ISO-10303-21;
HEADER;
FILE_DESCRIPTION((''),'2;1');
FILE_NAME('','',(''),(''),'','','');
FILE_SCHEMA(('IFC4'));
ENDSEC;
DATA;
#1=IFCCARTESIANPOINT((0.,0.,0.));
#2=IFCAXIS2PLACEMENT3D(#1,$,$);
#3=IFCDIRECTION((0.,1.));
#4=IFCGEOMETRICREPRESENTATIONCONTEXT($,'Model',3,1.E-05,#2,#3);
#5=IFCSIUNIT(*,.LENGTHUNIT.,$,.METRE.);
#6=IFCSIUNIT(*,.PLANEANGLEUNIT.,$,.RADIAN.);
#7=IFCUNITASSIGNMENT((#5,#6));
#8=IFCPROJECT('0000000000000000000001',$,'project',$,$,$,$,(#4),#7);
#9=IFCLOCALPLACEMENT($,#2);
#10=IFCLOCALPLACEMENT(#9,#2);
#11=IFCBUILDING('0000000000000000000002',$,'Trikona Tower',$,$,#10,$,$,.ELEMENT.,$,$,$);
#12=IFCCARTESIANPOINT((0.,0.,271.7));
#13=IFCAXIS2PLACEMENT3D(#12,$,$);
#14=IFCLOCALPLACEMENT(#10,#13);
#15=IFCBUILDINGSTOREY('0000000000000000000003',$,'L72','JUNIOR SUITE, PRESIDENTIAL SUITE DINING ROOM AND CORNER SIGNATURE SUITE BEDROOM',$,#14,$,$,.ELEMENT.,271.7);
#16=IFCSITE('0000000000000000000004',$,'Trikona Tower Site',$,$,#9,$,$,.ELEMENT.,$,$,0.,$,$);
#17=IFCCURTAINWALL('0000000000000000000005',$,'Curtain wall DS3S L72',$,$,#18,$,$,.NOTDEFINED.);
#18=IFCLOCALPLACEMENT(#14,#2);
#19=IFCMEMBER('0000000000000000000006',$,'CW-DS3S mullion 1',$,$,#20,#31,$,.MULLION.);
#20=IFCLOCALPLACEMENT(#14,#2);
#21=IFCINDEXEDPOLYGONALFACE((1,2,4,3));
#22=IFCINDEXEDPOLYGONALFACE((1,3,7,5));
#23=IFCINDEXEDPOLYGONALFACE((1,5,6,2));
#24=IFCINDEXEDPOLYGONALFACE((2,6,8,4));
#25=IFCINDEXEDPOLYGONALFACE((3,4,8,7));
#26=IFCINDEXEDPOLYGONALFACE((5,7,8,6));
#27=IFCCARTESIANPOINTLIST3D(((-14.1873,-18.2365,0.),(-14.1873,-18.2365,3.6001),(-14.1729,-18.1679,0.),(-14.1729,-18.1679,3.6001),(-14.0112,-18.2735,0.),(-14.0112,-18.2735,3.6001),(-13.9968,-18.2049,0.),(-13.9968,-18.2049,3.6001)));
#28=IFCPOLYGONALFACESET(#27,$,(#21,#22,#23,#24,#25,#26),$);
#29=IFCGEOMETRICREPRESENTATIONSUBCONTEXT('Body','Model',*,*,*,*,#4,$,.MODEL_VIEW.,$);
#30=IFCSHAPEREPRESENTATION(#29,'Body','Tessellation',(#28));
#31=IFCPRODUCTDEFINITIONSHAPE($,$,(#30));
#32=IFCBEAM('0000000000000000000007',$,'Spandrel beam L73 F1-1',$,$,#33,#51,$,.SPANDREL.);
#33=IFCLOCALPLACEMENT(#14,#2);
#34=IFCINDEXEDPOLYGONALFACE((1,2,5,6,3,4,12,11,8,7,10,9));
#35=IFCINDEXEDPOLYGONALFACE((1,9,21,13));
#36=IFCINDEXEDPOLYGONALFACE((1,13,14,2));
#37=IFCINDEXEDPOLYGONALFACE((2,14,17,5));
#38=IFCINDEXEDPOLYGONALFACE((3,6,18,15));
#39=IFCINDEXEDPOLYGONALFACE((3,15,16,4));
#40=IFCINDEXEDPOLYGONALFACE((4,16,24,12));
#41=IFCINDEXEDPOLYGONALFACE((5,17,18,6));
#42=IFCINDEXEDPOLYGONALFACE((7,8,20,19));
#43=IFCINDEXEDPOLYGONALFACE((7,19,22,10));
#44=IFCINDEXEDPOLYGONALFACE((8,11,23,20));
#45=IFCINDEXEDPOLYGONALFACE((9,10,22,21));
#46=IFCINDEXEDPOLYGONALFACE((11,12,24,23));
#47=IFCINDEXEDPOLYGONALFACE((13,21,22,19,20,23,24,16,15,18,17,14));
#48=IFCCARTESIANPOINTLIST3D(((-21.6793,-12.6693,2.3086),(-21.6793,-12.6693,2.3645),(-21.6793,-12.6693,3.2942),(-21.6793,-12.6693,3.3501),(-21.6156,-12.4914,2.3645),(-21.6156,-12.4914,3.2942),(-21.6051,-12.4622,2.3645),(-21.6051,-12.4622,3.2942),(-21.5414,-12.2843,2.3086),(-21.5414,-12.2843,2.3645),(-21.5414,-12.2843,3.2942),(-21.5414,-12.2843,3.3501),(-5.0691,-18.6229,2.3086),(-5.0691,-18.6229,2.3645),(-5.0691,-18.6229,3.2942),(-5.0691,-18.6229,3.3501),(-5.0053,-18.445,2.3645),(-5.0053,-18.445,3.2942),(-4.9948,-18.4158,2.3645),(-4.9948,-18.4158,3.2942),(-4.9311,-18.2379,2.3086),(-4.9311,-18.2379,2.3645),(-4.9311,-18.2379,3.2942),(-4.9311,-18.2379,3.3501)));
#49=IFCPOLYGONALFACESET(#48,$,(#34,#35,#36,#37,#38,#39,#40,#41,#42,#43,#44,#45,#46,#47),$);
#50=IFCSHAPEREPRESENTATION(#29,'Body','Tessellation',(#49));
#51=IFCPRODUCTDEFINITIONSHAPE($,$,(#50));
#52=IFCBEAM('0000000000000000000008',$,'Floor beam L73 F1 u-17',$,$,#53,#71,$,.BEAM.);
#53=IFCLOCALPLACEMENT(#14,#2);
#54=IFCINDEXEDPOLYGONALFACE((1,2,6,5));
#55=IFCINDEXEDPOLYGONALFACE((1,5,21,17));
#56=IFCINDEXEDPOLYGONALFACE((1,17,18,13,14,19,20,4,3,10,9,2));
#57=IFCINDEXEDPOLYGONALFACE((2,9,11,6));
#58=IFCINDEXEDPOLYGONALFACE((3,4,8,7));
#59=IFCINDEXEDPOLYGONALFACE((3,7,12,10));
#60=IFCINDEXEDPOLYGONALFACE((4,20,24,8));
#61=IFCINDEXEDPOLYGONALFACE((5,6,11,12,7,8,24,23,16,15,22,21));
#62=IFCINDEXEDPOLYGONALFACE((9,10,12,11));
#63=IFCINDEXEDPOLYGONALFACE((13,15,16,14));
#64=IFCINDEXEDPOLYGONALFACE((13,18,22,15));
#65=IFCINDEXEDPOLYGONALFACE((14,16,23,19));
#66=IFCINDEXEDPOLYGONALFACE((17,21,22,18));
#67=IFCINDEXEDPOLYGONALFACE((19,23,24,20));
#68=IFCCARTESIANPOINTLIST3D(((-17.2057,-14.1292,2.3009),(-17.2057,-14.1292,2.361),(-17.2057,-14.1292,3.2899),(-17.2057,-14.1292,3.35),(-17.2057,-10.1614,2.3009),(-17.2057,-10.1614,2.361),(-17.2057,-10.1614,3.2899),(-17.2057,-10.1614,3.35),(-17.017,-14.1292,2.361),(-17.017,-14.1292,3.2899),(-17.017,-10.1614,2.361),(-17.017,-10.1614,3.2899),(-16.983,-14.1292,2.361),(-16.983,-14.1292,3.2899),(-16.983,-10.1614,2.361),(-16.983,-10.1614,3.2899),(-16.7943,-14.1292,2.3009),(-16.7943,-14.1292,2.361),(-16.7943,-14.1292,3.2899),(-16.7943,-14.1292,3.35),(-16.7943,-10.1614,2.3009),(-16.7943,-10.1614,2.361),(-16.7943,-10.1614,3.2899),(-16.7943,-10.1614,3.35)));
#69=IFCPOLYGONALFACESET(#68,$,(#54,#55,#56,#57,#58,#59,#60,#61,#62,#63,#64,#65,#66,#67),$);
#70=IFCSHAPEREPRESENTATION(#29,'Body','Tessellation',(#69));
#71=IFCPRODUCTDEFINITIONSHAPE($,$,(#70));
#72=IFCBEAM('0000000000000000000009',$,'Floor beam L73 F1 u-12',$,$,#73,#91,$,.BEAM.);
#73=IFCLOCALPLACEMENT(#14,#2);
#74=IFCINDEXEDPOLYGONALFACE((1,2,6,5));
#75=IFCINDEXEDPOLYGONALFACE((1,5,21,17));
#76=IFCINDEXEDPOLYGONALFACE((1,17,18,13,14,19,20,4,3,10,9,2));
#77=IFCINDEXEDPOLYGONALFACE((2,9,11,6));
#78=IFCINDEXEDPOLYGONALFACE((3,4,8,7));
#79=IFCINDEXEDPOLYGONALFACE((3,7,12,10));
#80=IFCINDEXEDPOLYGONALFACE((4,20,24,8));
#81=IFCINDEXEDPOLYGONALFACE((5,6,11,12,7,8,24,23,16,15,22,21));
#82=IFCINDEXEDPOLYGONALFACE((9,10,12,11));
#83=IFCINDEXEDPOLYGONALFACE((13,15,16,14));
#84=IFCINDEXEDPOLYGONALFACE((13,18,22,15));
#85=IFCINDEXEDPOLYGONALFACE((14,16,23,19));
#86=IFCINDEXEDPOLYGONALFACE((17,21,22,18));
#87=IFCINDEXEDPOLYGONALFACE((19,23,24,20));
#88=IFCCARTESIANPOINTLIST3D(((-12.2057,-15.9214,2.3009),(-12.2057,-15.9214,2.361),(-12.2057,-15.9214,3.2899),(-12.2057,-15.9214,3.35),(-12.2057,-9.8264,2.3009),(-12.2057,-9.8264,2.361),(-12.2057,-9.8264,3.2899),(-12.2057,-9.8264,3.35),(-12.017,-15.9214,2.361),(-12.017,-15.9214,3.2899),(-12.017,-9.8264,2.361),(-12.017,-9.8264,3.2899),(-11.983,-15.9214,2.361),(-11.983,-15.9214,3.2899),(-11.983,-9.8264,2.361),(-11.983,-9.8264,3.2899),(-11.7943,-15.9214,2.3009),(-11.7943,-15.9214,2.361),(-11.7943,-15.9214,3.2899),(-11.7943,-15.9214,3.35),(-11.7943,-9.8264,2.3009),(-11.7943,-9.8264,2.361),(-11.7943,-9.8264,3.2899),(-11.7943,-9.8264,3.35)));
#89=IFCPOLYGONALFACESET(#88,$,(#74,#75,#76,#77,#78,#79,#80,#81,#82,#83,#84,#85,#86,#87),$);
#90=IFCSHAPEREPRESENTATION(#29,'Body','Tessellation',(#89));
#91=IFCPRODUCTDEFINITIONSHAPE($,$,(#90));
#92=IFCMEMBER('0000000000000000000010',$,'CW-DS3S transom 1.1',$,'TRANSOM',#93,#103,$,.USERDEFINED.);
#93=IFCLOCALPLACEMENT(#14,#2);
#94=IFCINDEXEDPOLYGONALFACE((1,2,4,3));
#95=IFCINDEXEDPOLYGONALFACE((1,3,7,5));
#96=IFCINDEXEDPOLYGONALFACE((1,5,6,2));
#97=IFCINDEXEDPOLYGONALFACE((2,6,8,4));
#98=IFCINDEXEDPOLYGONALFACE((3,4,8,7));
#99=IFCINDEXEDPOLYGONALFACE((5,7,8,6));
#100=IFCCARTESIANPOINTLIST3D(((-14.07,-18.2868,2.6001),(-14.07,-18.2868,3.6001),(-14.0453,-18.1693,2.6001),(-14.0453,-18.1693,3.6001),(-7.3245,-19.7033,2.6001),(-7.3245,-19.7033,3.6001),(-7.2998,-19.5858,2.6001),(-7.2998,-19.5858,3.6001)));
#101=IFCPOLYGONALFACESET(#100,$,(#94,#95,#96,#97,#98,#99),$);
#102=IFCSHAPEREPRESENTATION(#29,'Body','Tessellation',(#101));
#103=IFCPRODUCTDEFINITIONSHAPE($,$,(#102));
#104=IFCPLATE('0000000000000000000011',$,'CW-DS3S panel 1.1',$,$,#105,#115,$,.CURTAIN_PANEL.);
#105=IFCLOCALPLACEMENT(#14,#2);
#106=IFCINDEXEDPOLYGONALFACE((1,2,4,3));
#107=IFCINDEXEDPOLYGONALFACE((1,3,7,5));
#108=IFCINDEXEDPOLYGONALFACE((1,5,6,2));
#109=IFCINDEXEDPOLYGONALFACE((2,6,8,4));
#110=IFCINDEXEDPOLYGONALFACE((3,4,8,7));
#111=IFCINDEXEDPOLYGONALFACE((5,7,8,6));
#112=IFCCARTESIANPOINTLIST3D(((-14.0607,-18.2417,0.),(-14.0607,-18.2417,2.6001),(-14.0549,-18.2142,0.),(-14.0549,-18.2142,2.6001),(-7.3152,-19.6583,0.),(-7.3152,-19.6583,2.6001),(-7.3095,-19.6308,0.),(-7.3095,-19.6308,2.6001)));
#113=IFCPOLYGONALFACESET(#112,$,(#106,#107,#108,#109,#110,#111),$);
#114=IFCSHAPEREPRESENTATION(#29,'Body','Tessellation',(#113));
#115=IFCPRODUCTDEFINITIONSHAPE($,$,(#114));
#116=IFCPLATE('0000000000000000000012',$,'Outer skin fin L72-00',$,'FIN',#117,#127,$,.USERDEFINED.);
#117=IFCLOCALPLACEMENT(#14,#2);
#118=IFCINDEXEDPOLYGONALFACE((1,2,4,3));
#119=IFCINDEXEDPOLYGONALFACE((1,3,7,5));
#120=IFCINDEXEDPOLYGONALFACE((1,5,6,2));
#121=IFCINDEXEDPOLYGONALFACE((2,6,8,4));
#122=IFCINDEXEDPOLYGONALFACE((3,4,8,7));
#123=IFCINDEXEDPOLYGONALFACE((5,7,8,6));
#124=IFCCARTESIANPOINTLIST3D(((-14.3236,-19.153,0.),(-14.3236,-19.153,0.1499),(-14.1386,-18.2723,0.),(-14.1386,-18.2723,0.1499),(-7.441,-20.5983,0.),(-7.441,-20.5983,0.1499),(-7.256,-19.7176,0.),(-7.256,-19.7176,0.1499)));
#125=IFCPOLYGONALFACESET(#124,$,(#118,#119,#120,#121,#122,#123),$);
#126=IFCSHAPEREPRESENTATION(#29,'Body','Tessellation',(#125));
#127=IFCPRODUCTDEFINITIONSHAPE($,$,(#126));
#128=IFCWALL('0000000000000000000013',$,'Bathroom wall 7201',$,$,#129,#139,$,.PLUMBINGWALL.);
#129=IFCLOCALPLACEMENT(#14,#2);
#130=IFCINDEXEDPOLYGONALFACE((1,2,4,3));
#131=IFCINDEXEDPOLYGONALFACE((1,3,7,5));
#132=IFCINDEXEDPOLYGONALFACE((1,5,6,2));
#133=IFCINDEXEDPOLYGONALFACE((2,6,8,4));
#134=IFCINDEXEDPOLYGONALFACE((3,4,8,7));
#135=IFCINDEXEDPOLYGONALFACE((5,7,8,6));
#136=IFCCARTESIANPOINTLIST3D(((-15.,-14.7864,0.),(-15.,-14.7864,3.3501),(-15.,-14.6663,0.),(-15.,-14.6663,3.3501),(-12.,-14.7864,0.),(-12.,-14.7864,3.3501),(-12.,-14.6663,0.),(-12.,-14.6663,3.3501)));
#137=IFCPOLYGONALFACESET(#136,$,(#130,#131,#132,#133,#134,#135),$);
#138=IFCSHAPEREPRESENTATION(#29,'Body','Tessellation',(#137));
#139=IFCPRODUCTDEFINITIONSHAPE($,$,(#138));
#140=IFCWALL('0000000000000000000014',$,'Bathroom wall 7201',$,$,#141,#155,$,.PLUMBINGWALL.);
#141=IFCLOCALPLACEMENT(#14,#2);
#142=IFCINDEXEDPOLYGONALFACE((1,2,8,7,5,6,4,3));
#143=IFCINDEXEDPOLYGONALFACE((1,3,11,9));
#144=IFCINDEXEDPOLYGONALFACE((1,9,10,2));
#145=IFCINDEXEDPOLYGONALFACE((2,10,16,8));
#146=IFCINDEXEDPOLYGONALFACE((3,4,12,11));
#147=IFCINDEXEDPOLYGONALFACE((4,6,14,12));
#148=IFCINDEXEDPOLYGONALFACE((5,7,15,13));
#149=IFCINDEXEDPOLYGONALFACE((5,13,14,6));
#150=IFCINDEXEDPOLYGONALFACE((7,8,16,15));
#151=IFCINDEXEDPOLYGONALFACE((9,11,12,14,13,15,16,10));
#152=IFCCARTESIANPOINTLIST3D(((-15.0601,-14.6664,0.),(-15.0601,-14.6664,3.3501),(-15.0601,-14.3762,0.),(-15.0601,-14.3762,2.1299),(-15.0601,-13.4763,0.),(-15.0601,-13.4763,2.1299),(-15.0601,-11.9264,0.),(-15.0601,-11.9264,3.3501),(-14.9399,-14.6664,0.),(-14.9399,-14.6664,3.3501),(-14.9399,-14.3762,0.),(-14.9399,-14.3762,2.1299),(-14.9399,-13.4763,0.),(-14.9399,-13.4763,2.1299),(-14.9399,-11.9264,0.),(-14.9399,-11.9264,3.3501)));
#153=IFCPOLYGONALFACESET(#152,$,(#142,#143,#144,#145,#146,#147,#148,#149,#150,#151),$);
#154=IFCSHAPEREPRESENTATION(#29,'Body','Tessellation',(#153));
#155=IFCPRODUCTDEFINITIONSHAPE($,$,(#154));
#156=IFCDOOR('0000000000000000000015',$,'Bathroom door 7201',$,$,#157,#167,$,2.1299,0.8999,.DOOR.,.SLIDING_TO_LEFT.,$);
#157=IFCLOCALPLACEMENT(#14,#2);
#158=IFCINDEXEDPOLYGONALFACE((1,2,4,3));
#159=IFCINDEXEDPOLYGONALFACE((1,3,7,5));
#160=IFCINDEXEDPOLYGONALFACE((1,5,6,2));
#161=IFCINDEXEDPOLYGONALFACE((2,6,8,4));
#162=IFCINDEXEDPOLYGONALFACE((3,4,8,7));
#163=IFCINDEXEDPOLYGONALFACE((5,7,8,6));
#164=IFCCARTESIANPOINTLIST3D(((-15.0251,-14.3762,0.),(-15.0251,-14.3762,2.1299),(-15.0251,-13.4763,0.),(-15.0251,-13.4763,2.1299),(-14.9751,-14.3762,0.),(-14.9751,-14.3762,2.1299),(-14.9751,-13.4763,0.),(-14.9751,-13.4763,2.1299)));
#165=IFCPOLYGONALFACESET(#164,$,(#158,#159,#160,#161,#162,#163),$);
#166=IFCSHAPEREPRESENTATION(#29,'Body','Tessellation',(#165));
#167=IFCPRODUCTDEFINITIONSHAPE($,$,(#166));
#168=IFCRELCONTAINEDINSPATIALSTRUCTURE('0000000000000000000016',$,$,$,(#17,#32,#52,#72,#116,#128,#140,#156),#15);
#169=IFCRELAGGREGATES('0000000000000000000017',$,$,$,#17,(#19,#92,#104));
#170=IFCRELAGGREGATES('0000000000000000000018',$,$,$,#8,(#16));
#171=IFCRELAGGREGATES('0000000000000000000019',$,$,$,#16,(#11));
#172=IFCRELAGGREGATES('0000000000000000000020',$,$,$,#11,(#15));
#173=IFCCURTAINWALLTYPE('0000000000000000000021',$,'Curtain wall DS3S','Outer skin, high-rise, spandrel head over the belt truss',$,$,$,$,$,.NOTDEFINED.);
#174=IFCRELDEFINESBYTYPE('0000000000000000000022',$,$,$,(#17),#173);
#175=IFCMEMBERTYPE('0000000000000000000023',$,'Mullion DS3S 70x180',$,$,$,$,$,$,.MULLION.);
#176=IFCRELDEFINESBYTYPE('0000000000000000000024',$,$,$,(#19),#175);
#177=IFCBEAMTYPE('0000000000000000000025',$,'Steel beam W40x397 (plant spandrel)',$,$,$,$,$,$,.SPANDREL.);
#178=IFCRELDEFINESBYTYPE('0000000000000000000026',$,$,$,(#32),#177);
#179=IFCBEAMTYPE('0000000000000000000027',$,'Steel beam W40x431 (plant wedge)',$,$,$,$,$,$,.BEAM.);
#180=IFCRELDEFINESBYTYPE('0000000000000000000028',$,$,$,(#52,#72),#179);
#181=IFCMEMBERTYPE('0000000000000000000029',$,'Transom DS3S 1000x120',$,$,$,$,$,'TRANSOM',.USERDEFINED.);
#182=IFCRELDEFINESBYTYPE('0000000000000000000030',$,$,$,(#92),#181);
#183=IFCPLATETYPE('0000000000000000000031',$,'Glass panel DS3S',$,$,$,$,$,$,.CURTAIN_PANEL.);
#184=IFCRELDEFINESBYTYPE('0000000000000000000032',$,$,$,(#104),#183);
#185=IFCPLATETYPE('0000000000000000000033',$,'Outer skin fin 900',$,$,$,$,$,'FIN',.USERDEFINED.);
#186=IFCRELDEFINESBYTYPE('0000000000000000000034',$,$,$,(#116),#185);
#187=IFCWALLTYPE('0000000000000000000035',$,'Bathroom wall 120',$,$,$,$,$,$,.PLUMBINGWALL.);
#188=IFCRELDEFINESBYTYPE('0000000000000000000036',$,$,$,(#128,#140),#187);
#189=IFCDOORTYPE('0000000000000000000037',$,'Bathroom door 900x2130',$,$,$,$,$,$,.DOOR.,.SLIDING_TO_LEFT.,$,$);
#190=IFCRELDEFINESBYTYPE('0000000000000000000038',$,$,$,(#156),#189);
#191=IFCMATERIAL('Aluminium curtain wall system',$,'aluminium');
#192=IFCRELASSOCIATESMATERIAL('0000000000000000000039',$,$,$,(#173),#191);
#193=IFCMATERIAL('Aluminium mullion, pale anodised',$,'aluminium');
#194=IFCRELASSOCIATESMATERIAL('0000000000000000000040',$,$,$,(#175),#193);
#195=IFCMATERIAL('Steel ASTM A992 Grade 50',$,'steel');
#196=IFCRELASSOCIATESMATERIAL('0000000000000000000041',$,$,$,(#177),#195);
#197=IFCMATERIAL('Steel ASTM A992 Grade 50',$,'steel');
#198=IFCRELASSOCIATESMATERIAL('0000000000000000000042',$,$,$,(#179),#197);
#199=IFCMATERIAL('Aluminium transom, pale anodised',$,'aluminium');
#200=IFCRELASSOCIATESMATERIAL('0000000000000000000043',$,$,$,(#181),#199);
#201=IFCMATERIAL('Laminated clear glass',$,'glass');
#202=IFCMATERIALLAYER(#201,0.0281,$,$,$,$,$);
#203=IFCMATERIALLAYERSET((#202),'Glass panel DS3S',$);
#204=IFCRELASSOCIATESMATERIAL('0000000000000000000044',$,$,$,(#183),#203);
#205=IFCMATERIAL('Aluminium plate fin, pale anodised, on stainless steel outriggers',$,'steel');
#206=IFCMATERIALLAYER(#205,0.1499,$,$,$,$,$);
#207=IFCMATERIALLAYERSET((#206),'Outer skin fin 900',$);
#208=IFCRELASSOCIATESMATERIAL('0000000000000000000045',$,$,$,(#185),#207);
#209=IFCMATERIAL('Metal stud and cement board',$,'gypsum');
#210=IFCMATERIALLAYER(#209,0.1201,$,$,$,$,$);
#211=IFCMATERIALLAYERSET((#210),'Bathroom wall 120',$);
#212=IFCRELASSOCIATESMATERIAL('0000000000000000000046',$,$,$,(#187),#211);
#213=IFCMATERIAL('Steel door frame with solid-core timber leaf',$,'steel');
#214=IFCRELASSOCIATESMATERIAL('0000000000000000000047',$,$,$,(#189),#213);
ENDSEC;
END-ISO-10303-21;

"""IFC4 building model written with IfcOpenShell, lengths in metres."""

from ifc_helpers import new_model, si_unit, direction, frame, frame_2d, origin, origin_2d, place, context, subcontext, project, spatial, rectangle, i_section, extrude, material, layer, layer_set, material_profile, profile_set, type_object, element, fill, aggregate, save


model = new_model("IFC4")

# Units and contexts
model_context = context("Model", 3, precision=1e-05, world=origin(), true_north=direction((0.0, 1.0)))
body_context = subcontext(model_context, "Body", "Model", "MODEL_VIEW")
ifc_project = project(units=[si_unit("LENGTHUNIT", "METRE"), si_unit("PLANEANGLEUNIT", "RADIAN")], contexts=[model_context])

# Site, building, storey
site_placement = place(None, origin())
site = spatial("IfcSite", under=ifc_project, at=site_placement, Name="Trikona Tower Site", CompositionType="ELEMENT", RefElevation=0.0)
building_placement = place(site_placement, origin())
building = spatial("IfcBuilding", under=site, at=building_placement, Name="Trikona Tower", CompositionType="ELEMENT")
storey_placement = place(building_placement, frame((0.0, 0.0, 271.7)))
storey = spatial("IfcBuildingStorey", under=building, at=storey_placement, Name="L72", Description="JUNIOR SUITE, PRESIDENTIAL SUITE DINING ROOM AND CORNER SIGNATURE SUITE BEDROOM", CompositionType="ELEMENT", Elevation=271.7)

# Curtain wall, member
ifc_material_1 = material(Name="Aluminium curtain wall system", Category="aluminium")
curtain_wall_type = type_object("IfcCurtainWallType", Name="Curtain wall DS3S", Description="Outer skin, high-rise, spandrel head over the belt truss", PredefinedType="NOTDEFINED", material=ifc_material_1)
curtain_wall_placement = place(storey_placement, origin())
curtain_wall = element("IfcCurtainWall", 1, at=curtain_wall_placement, inside=storey, type_object=curtain_wall_type, Name="Curtain wall DS3S L72", PredefinedType="NOTDEFINED")
ifc_material_2 = material(Name="Aluminium mullion, pale anodised", Category="aluminium")
ifc_material_profile_1 = material_profile(ifc_material_2, rectangle(XDim=0.0701, YDim=0.1799, at=origin_2d()), Name="MUL-DS3S")
ifc_profile_set_1 = profile_set([ifc_material_profile_1], Name="Aluminium mullion, pale anodised")
member_type_1 = type_object("IfcMemberType", Name="Mullion DS3S 70x180", PredefinedType="MULLION", material=ifc_profile_set_1)
member_1_placement = place(storey_placement, frame((-14.092, -18.2207, 0.0), z_axis=(0.0, 0.0, 1.0), x_axis=(0.205527, 0.978651, 0.0)))
member_1 = element("IfcMember", 2, at=member_1_placement, type_object=member_type_1, Name="CW-DS3S mullion 1", PredefinedType="MULLION", context=body_context, shape_type="SweptSolid", body=[
    extrude(rectangle(XDim=0.0701, YDim=0.1799, at=origin_2d()), origin(), (0.0, 0.0, 1.0), 3.6001),
])

# Beams
ifc_material_3 = material(Name="Steel ASTM A992 Grade 50", Category="steel")
ifc_material_profile_2 = material_profile(ifc_material_3, i_section(OverallWidth=0.4089, OverallDepth=1.0415, WebThickness=0.031, FlangeThickness=0.0559, at=origin_2d()), Name="W40X397")
ifc_profile_set_2 = profile_set([ifc_material_profile_2], Name="Steel ASTM A992 Grade 50")
beam_type_1 = type_object("IfcBeamType", Name="Steel beam W40x397 (plant spandrel)", PredefinedType="SPANDREL", material=ifc_profile_set_2)
beam_1_placement = place(storey_placement, frame((-21.6104, -12.4768, 2.8293), z_axis=(0.941358, -0.337409, 0.0), x_axis=(0.337409, 0.941358, 0.0)))
element("IfcBeam", 3, at=beam_1_placement, inside=storey, type_object=beam_type_1, Name="Spandrel beam L73 F1-1", PredefinedType="SPANDREL", context=body_context, shape_type="SweptSolid", body=[
    extrude(i_section(OverallWidth=0.4089, OverallDepth=1.0415, WebThickness=0.031, FlangeThickness=0.0559, at=origin_2d()), origin(), (0.0, 0.0, 1.0), 17.645),
])
ifc_material_4 = material(Name="Steel ASTM A992 Grade 50", Category="steel")
ifc_material_profile_3 = material_profile(ifc_material_4, i_section(OverallWidth=0.4114, OverallDepth=1.0491, WebThickness=0.0339, FlangeThickness=0.0601, at=origin_2d()), Name="W40X431")
ifc_profile_set_3 = profile_set([ifc_material_profile_3], Name="Steel ASTM A992 Grade 50")
beam_type_2 = type_object("IfcBeamType", Name="Steel beam W40x431 (plant wedge)", PredefinedType="BEAM", material=ifc_profile_set_3)
beam_2_placement = place(storey_placement, frame((-17.0, -10.1614, 2.8254), z_axis=(0.0, -1.0, 0.0), x_axis=(1.0, 0.0, 0.0)))
element("IfcBeam", 4, at=beam_2_placement, inside=storey, type_object=beam_type_2, Name="Floor beam L73 F1 u-17", PredefinedType="BEAM", context=body_context, shape_type="SweptSolid", body=[
    extrude(i_section(OverallWidth=0.4114, OverallDepth=1.0491, WebThickness=0.0339, FlangeThickness=0.0601, at=origin_2d()), origin(), (0.0, 0.0, 1.0), 3.9678),
])
beam_3_placement = place(storey_placement, frame((-12.0, -9.8264, 2.8254), z_axis=(0.0, -1.0, 0.0), x_axis=(1.0, 0.0, 0.0)))
element("IfcBeam", 5, at=beam_3_placement, inside=storey, type_object=beam_type_2, Name="Floor beam L73 F1 u-12", PredefinedType="BEAM", context=body_context, shape_type="SweptSolid", body=[
    extrude(i_section(OverallWidth=0.4114, OverallDepth=1.0491, WebThickness=0.0339, FlangeThickness=0.0601, at=origin_2d()), origin(), (0.0, 0.0, 1.0), 6.095),
])

# Member
ifc_material_5 = material(Name="Aluminium transom, pale anodised", Category="aluminium")
ifc_material_profile_4 = material_profile(ifc_material_5, rectangle(XDim=0.1201, YDim=1.0, at=origin_2d()), Name="TRN-DS3S")
ifc_profile_set_4 = profile_set([ifc_material_profile_4], Name="Aluminium transom, pale anodised")
member_type_2 = type_object("IfcMemberType", Name="Transom DS3S 1000x120", ElementType="TRANSOM", PredefinedType="USERDEFINED", material=ifc_profile_set_4)
member_2_placement = place(storey_placement, frame((-14.0576, -18.228, 3.1001), z_axis=(0.978654, -0.205514, 0.0), x_axis=(0.205514, 0.978654, 0.0)))
member_2 = element("IfcMember", 6, at=member_2_placement, type_object=member_type_2, Name="CW-DS3S transom 1.1", ObjectType="TRANSOM", PredefinedType="USERDEFINED", context=body_context, shape_type="SweptSolid", body=[
    extrude(rectangle(XDim=0.1201, YDim=1.0, at=origin_2d()), origin(), (0.0, 0.0, 1.0), 6.8926),
])

# Plates
ifc_material_6 = material(Name="Laminated clear glass", Category="glass")
ifc_layer_1 = layer(ifc_material_6, 0.0281)
ifc_layer_set_1 = layer_set([ifc_layer_1], Name="Glass panel DS3S")
plate_type_1 = type_object("IfcPlateType", Name="Glass panel DS3S", PredefinedType="CURTAIN_PANEL", material=ifc_layer_set_1)
plate_1_placement = place(storey_placement, frame((-10.6851, -18.9363, 0.0), z_axis=(0.0, 0.0, 1.0), x_axis=(0.978651, -0.205527, 0.0)))
plate_1 = element("IfcPlate", 7, at=plate_1_placement, type_object=plate_type_1, Name="CW-DS3S panel 1.1", PredefinedType="CURTAIN_PANEL", context=body_context, shape_type="SweptSolid", body=[
    extrude(rectangle(XDim=6.8926, YDim=0.0281, at=origin_2d()), origin(), (0.0, 0.0, 1.0), 2.6001),
])
aggregate(curtain_wall, [member_1, member_2, plate_1])
ifc_material_7 = material(Name="Aluminium plate fin, pale anodised, on stainless steel outriggers", Category="steel")
ifc_layer_2 = layer(ifc_material_7, 0.1499)
ifc_layer_set_2 = layer_set([ifc_layer_2], Name="Outer skin fin 900")
plate_type_2 = type_object("IfcPlateType", Name="Outer skin fin 900", ElementType="FIN", PredefinedType="USERDEFINED", material=ifc_layer_set_2)
plate_2_placement = place(storey_placement, frame((-10.7898, -19.4353, 0.0), z_axis=(0.0, 0.0, 1.0), x_axis=(0.978653, -0.205518, 0.0)))
element("IfcPlate", 8, at=plate_2_placement, inside=storey, type_object=plate_type_2, Name="Outer skin fin L72-00", ObjectType="FIN", PredefinedType="USERDEFINED", context=body_context, shape_type="SweptSolid", body=[
    extrude(rectangle(XDim=7.0327, YDim=0.8999, at=origin_2d()), origin(), (0.0, 0.0, 1.0), 0.1499),
])

# Wall
ifc_material_8 = material(Name="Metal stud and cement board", Category="gypsum")
ifc_layer_3 = layer(ifc_material_8, 0.1201)
ifc_layer_set_3 = layer_set([ifc_layer_3], Name="Bathroom wall 120")
wall_type_1 = type_object("IfcWallType", Name="Bathroom wall 120", PredefinedType="PLUMBINGWALL", material=ifc_layer_set_3)
wall_1_placement = place(storey_placement, frame((-15.0, -14.7263, 0.0), z_axis=(0.0, 0.0, 1.0), x_axis=(1.0, 0.0, 0.0)))
element("IfcWall", 9, at=wall_1_placement, inside=storey, type_object=wall_type_1, Name="Bathroom wall 7201", PredefinedType="PLUMBINGWALL", context=body_context, shape_type="SweptSolid", body=[
    extrude(rectangle(XDim=3.0, YDim=0.1201, at=frame_2d((1.5, 0.0))), origin(), (0.0, 0.0, 1.0), 3.3501),
])

# Wall, opening, door
wall_2_placement = place(storey_placement, frame((-15.0, -11.9263, 0.0), z_axis=(0.0, 0.0, 1.0), x_axis=(0.0, -1.0, 0.0)))
wall_2 = element("IfcWall", 10, at=wall_2_placement, inside=storey, type_object=wall_type_1, Name="Bathroom wall 7201", PredefinedType="PLUMBINGWALL", context=body_context, shape_type="SweptSolid", body=[
    extrude(rectangle(XDim=2.74, YDim=0.1201, at=frame_2d((1.3701, 0.0))), origin(), (0.0, 0.0, 1.0), 3.3501),
])
opening_1_placement = place(wall_2_placement, frame((1.55, 0.0, 0.0)))
opening_1 = element("IfcOpeningElement", 11, at=opening_1_placement, cuts=wall_2, PredefinedType="OPENING", context=body_context, shape_type="SweptSolid", body=[
    extrude(rectangle(XDim=0.8999, YDim=2.1299, at=frame_2d((0.45, 1.0649))), frame((0.0, 0.0701, 0.0), z_axis=(0.0, -1.0, 0.0), x_axis=(1.0, 0.0, 0.0)), (0.0, 0.0, 1.0), 0.1401),
])
ifc_material_9 = material(Name="Steel door frame with solid-core timber leaf", Category="steel")
door_type_1 = type_object("IfcDoorType", Name="Bathroom door 900x2130", OperationType="SLIDING_TO_LEFT", PredefinedType="DOOR", material=ifc_material_9)
door_1_placement = place(opening_1_placement, origin())
door_1 = element("IfcDoor", 12, at=door_1_placement, inside=storey, type_object=door_type_1, Name="Bathroom door 7201", OperationType="SLIDING_TO_LEFT", OverallHeight=2.1299, OverallWidth=0.8999, PredefinedType="DOOR", context=body_context, shape_type="SweptSolid", body=[
    extrude(rectangle(XDim=0.8999, YDim=2.1299, at=frame_2d((0.45, 1.0649))), frame((0.0, 0.0249, 0.0), z_axis=(0.0, -1.0, 0.0), x_axis=(1.0, 0.0, 0.0)), (0.0, 0.0, 1.0), 0.05),
])
fill(opening_1, door_1)

save(model, "model.ifc")
